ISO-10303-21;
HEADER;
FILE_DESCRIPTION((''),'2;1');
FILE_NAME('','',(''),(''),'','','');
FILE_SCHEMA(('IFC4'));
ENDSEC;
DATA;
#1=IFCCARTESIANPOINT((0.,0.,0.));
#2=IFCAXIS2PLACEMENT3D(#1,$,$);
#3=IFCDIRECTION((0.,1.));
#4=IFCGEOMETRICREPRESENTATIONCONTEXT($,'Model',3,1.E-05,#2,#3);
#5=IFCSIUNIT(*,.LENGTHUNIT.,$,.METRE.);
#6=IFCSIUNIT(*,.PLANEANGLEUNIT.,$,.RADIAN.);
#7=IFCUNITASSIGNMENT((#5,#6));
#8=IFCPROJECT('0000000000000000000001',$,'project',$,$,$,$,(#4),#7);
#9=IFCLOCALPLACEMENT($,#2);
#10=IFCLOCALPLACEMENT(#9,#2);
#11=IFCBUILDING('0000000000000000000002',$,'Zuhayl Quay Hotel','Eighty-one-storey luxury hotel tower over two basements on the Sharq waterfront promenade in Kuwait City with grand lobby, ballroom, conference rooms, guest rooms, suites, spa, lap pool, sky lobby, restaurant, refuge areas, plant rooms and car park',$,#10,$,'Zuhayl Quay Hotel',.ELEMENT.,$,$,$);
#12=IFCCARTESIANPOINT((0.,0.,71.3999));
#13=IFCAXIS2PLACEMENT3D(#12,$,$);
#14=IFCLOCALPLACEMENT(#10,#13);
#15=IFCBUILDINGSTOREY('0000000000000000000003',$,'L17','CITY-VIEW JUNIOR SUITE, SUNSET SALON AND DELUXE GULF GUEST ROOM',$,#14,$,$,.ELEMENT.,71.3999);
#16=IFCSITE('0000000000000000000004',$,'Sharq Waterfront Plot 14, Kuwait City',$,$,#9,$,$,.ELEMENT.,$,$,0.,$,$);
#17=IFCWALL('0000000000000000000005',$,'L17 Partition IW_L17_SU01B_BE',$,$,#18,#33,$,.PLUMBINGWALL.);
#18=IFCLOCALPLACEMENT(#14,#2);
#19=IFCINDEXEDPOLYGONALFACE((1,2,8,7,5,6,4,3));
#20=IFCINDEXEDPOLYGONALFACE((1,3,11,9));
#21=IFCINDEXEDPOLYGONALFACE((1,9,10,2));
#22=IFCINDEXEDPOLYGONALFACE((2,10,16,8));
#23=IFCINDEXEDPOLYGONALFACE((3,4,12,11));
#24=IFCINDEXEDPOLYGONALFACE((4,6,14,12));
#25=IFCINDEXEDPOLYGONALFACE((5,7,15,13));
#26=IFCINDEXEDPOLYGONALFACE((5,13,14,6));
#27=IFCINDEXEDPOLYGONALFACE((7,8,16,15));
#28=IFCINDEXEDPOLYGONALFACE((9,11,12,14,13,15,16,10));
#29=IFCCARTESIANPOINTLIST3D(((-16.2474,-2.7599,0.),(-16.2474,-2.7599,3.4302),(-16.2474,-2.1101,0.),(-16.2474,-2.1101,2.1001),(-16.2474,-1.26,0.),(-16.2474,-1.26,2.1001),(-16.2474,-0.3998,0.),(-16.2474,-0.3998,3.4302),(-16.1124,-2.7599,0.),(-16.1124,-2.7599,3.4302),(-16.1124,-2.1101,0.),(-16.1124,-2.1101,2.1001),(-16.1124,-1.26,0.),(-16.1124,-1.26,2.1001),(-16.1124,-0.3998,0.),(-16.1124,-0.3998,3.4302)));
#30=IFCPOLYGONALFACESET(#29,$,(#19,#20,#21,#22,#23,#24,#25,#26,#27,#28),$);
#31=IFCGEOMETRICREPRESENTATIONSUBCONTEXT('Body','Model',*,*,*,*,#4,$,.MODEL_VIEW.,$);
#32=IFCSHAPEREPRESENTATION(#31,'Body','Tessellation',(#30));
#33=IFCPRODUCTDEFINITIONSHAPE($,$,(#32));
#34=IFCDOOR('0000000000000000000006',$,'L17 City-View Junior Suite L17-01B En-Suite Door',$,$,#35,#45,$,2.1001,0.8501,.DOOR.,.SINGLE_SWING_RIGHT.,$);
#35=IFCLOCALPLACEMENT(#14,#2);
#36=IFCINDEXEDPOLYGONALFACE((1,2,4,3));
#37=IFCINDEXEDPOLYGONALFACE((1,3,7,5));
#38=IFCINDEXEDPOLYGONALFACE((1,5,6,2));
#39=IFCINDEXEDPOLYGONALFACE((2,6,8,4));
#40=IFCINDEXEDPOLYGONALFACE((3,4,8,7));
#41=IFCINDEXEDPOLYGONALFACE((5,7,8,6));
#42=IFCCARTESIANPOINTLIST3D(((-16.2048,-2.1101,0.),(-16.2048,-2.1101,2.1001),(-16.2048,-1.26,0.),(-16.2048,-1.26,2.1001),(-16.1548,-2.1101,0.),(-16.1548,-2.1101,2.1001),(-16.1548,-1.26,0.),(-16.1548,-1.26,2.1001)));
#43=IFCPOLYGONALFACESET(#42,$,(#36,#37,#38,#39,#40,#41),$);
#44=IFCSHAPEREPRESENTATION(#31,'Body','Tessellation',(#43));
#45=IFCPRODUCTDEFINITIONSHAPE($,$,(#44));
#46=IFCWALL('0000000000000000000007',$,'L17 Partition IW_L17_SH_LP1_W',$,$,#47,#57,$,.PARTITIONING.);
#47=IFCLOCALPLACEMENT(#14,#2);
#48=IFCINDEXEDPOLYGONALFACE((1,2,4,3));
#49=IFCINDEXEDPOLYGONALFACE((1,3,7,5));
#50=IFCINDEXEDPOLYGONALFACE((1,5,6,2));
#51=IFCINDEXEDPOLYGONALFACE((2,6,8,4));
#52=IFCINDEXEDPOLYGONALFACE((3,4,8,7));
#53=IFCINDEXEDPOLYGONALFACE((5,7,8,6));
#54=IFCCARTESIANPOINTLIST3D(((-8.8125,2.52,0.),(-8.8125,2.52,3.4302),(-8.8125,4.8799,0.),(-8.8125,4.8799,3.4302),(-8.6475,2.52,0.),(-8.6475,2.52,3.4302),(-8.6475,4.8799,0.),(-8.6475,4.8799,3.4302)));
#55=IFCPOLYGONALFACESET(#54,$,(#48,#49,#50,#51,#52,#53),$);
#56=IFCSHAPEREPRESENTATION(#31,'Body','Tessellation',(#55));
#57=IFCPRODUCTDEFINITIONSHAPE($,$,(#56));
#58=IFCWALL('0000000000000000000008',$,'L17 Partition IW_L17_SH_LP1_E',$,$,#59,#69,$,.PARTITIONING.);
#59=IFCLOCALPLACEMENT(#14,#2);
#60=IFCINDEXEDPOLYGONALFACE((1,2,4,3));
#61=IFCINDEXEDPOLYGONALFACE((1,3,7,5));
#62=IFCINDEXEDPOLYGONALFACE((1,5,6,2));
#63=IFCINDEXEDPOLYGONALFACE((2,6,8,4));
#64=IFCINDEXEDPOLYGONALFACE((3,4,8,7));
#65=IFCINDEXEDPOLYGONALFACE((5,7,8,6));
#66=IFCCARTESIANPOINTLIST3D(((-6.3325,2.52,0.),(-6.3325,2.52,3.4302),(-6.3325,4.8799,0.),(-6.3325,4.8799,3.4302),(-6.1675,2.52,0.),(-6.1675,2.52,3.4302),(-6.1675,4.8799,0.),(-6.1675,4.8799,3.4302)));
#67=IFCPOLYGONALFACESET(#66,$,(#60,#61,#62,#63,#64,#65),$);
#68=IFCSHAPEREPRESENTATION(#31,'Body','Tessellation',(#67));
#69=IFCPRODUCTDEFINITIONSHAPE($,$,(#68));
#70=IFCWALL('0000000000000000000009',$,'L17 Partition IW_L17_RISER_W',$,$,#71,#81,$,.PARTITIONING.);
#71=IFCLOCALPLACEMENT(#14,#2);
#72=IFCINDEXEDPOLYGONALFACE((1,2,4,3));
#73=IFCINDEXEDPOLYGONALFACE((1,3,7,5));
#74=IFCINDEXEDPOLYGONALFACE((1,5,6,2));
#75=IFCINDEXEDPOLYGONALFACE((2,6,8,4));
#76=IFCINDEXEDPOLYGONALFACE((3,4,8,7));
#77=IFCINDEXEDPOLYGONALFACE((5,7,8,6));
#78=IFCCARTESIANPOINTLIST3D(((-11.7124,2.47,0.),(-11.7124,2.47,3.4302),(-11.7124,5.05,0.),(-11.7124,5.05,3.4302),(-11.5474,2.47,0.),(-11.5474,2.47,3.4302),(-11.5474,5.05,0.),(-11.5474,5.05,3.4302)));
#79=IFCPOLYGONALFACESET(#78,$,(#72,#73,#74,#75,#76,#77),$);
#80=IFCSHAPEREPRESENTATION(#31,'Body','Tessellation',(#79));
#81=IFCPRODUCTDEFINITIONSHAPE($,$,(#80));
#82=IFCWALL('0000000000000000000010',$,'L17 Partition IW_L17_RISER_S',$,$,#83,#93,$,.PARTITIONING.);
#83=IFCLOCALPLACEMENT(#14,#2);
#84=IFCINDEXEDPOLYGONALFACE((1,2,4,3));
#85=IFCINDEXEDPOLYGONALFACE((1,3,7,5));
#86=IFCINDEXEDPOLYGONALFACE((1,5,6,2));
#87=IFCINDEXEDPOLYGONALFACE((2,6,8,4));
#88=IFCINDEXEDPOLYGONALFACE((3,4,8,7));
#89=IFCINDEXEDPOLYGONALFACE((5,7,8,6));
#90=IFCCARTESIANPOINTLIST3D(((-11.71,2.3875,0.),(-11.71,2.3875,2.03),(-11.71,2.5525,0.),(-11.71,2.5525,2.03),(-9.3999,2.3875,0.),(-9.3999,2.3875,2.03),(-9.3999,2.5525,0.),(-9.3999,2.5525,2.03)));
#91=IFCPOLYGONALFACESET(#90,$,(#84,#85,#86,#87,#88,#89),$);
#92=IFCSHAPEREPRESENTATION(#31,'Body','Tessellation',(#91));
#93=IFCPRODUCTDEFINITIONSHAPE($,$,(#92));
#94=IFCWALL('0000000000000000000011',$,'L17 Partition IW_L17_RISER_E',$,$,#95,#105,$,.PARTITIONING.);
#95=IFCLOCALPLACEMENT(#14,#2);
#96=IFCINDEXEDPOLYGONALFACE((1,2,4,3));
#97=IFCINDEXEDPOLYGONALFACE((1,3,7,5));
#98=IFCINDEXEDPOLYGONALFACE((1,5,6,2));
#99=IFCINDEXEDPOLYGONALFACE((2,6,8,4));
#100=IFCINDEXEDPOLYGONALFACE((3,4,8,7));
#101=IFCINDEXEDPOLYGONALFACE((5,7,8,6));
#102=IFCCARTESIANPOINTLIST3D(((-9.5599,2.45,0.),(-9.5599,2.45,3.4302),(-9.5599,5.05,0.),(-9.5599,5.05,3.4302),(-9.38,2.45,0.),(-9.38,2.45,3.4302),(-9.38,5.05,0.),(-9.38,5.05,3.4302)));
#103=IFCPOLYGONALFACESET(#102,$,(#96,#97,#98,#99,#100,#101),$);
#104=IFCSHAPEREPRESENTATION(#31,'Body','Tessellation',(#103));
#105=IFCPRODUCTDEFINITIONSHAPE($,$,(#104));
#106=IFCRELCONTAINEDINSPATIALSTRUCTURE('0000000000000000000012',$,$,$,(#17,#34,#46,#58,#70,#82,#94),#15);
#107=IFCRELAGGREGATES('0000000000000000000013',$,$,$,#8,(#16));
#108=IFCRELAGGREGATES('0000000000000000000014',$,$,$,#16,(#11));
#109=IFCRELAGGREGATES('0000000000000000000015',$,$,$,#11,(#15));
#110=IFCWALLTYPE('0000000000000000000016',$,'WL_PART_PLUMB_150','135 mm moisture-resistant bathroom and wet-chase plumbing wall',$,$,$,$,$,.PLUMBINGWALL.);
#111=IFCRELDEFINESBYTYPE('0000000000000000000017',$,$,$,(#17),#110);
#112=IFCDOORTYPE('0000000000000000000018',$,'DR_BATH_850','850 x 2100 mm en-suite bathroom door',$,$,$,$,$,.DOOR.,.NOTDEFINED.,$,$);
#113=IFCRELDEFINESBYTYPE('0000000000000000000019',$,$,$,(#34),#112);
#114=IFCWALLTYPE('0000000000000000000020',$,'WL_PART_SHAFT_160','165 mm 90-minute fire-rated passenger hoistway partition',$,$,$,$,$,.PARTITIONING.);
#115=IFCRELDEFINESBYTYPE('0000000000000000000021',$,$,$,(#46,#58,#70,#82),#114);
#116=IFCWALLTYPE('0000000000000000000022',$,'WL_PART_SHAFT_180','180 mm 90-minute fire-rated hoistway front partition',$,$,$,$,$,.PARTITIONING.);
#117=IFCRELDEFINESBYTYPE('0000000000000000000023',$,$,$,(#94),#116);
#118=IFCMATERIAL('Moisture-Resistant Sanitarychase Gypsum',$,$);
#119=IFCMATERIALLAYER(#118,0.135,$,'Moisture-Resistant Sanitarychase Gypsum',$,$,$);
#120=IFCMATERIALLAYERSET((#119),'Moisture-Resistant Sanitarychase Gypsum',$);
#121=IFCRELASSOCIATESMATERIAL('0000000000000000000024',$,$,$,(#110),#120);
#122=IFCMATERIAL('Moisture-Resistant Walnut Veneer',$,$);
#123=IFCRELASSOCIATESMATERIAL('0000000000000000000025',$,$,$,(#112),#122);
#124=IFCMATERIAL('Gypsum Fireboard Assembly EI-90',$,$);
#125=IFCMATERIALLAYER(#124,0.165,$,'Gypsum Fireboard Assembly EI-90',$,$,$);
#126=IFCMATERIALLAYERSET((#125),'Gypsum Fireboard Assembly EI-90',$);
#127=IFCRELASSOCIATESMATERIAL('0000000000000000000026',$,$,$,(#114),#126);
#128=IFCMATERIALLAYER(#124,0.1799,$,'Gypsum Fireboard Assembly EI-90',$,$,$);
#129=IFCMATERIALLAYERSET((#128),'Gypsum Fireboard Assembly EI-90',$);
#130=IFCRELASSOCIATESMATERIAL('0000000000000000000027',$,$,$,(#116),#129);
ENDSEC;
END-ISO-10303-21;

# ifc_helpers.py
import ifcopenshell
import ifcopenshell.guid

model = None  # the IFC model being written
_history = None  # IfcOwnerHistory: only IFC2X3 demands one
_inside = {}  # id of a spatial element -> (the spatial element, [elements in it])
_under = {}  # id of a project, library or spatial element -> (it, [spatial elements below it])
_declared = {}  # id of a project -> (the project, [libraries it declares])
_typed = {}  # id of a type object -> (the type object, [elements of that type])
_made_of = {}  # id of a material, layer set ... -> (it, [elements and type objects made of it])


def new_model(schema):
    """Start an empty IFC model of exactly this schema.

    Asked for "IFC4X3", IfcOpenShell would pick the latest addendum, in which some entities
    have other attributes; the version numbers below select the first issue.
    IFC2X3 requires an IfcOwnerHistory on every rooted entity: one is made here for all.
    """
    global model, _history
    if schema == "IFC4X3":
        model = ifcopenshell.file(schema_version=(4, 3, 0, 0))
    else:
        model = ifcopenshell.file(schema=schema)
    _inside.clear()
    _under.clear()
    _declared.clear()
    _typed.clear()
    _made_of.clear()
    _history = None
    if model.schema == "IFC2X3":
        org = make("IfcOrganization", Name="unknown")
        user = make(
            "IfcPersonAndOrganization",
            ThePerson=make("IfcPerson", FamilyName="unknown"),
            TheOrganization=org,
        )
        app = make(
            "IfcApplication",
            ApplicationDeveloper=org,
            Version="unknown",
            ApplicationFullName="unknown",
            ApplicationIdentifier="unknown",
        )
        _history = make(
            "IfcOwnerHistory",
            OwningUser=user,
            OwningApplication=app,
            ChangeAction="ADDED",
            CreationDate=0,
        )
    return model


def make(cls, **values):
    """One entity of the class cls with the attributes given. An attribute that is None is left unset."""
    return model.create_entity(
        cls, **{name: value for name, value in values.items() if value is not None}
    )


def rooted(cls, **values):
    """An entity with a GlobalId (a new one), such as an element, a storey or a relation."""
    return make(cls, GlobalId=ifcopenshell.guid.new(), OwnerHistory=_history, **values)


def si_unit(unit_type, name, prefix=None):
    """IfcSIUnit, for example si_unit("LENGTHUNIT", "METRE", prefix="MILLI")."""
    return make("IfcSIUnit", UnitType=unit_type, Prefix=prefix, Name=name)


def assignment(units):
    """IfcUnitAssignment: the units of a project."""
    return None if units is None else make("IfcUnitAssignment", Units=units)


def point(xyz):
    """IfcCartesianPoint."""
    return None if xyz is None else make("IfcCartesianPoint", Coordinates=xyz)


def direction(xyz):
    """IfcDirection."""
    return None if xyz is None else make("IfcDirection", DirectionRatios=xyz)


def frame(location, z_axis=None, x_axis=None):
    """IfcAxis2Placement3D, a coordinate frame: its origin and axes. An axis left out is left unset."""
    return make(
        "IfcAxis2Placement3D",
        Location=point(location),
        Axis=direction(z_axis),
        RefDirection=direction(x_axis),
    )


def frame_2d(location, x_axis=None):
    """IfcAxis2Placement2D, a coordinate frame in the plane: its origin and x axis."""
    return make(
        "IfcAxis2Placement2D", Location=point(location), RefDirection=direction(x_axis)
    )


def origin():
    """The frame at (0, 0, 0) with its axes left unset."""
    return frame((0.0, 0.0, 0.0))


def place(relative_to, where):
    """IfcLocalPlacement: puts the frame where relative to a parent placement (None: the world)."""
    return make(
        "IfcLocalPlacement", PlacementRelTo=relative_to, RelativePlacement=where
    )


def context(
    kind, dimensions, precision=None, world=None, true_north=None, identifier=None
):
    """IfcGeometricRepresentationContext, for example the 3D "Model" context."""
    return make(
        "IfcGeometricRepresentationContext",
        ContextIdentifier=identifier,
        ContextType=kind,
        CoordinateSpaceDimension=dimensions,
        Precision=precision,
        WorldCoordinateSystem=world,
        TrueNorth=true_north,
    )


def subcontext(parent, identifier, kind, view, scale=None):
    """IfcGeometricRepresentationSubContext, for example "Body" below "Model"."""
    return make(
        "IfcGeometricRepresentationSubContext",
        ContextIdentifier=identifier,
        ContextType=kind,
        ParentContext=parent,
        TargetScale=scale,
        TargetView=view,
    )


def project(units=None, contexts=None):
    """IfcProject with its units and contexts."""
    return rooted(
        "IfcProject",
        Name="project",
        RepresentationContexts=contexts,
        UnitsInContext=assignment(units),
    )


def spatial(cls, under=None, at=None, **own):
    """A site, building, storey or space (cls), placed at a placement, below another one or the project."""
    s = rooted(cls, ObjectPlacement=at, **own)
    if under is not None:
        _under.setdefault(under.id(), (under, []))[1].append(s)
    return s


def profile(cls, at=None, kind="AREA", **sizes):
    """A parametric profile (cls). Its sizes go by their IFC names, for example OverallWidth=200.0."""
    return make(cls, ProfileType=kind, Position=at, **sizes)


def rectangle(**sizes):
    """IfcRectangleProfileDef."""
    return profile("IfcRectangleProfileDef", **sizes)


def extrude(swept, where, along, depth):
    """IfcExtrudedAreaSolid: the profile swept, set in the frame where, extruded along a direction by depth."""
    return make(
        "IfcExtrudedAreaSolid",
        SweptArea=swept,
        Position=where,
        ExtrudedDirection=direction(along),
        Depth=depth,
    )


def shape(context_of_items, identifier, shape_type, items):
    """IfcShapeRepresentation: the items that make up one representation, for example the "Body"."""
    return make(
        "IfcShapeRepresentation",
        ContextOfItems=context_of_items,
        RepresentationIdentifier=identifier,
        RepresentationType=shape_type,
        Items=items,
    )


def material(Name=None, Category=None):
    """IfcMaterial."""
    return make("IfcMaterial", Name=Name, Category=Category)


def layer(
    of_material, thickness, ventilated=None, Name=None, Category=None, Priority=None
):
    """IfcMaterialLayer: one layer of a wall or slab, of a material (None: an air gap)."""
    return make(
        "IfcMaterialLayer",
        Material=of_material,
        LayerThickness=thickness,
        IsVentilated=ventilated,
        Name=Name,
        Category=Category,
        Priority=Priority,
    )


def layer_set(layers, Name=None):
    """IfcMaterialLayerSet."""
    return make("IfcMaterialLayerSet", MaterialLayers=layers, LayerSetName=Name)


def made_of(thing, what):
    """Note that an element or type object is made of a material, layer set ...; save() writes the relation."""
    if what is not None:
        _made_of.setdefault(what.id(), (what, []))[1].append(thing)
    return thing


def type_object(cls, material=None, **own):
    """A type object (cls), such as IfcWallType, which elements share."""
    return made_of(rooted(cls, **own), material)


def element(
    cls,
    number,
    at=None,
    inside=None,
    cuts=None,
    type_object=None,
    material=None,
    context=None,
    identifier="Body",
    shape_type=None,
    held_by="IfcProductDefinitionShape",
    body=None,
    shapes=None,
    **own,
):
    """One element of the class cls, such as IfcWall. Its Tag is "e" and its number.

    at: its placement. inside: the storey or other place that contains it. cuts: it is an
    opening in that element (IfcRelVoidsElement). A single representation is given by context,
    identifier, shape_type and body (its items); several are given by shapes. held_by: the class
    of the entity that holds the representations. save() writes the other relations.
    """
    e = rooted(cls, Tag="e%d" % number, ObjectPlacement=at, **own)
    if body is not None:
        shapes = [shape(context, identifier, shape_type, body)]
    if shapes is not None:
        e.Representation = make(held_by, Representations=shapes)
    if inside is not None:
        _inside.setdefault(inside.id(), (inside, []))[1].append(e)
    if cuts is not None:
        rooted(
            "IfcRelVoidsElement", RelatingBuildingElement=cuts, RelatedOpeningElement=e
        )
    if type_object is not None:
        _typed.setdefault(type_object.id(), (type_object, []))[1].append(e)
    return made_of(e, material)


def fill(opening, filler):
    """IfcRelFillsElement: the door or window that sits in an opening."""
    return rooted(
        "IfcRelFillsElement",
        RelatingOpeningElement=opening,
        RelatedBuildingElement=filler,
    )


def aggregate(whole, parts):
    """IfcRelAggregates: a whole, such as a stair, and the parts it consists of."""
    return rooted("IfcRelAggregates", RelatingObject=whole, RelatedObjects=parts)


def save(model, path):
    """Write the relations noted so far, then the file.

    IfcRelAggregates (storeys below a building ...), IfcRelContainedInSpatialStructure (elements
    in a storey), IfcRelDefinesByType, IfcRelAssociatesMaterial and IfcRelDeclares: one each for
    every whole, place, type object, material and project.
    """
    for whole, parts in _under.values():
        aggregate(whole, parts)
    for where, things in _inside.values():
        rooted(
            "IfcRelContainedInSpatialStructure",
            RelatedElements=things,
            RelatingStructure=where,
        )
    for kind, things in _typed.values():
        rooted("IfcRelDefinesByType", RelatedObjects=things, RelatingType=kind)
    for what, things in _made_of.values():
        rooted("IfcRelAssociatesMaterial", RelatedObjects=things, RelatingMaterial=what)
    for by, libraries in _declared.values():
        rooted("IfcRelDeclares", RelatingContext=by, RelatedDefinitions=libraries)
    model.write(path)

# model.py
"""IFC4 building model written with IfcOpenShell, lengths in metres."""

from ifc_helpers import new_model, si_unit, direction, frame, frame_2d, origin, place, context, subcontext, project, spatial, rectangle, extrude, material, layer, layer_set, type_object, element, fill, save


model = new_model("IFC4")

# Units and contexts
model_context = context("Model", 3, precision=1e-05, world=origin(), true_north=direction((0.0, 1.0)))
body_context = subcontext(model_context, "Body", "Model", "MODEL_VIEW")
ifc_project = project(units=[si_unit("LENGTHUNIT", "METRE"), si_unit("PLANEANGLEUNIT", "RADIAN")], contexts=[model_context])

# Site, building, storey
site_placement = place(None, origin())
site = spatial("IfcSite", under=ifc_project, at=site_placement, Name="Sharq Waterfront Plot 14, Kuwait City", CompositionType="ELEMENT", RefElevation=0.0)
building_placement = place(site_placement, origin())
building = spatial("IfcBuilding", under=site, at=building_placement, Name="Zuhayl Quay Hotel", Description="Eighty-one-storey luxury hotel tower over two basements on the Sharq waterfront promenade in Kuwait City with grand lobby, ballroom, conference rooms, guest rooms, suites, spa, lap pool, sky lobby, restaurant, refuge areas, plant rooms and car park", LongName="Zuhayl Quay Hotel", CompositionType="ELEMENT")
storey_placement = place(building_placement, frame((0.0, 0.0, 71.3999)))
storey = spatial("IfcBuildingStorey", under=building, at=storey_placement, Name="L17", Description="CITY-VIEW JUNIOR SUITE, SUNSET SALON AND DELUXE GULF GUEST ROOM", CompositionType="ELEMENT", Elevation=71.3999)

# Wall, opening, door
ifc_material_1 = material(Name="Moisture-Resistant Sanitarychase Gypsum")
ifc_layer_1 = layer(ifc_material_1, 0.135, Name="Moisture-Resistant Sanitarychase Gypsum")
ifc_layer_set_1 = layer_set([ifc_layer_1], Name="Moisture-Resistant Sanitarychase Gypsum")
wall_type_1 = type_object("IfcWallType", Name="WL_PART_PLUMB_150", Description="135 mm moisture-resistant bathroom and wet-chase plumbing wall", PredefinedType="PLUMBINGWALL", material=ifc_layer_set_1)
wall_1_placement = place(storey_placement, frame((-16.1799, -2.76, 0.0), z_axis=(0.0, 0.0, 1.0), x_axis=(0.0, 1.0, 0.0)))
wall_1 = element("IfcWall", 1, at=wall_1_placement, inside=storey, type_object=wall_type_1, Name="L17 Partition IW_L17_SU01B_BE", PredefinedType="PLUMBINGWALL", context=body_context, shape_type="SweptSolid", body=[
    extrude(rectangle(XDim=2.3601, YDim=0.135, at=frame_2d((1.1802, 0.0))), origin(), (0.0, 0.0, 1.0), 3.4302),
])
opening_1_placement = place(wall_1_placement, frame((0.6499, 0.0, 0.0)))
opening_1 = element("IfcOpeningElement", 2, at=opening_1_placement, cuts=wall_1, PredefinedType="OPENING", context=body_context, shape_type="SweptSolid", body=[
    extrude(rectangle(XDim=0.8501, YDim=2.1001, at=frame_2d((0.425, 1.05))), frame((0.0, 0.0774, 0.0), z_axis=(0.0, -1.0, 0.0), x_axis=(1.0, 0.0, 0.0)), (0.0, 0.0, 1.0), 0.155),
])
ifc_material_2 = material(Name="Moisture-Resistant Walnut Veneer")
door_type_1 = type_object("IfcDoorType", Name="DR_BATH_850", Description="850 x 2100 mm en-suite bathroom door", OperationType="NOTDEFINED", PredefinedType="DOOR", material=ifc_material_2)
door_1_placement = place(opening_1_placement, origin())
door_1 = element("IfcDoor", 3, at=door_1_placement, inside=storey, type_object=door_type_1, Name="L17 City-View Junior Suite L17-01B En-Suite Door", OperationType="SINGLE_SWING_RIGHT", OverallHeight=2.1001, OverallWidth=0.8501, PredefinedType="DOOR", context=body_context, shape_type="SweptSolid", body=[
    extrude(rectangle(XDim=0.8501, YDim=2.1001, at=frame_2d((0.425, 1.05))), frame((0.0, 0.0249, 0.0), z_axis=(0.0, -1.0, 0.0), x_axis=(1.0, 0.0, 0.0)), (0.0, 0.0, 1.0), 0.05),
])
fill(opening_1, door_1)

# Walls
ifc_material_3 = material(Name="Gypsum Fireboard Assembly EI-90")
ifc_layer_2 = layer(ifc_material_3, 0.165, Name="Gypsum Fireboard Assembly EI-90")
ifc_layer_set_2 = layer_set([ifc_layer_2], Name="Gypsum Fireboard Assembly EI-90")
wall_type_2 = type_object("IfcWallType", Name="WL_PART_SHAFT_160", Description="165 mm 90-minute fire-rated passenger hoistway partition", PredefinedType="PARTITIONING", material=ifc_layer_set_2)
for number, where, z_axis, x_axis, name in (
    (4, (-8.73, 2.52, 0.0), (0.0, 0.0, 1.0), (0.0, 1.0, 0.0), "L17 Partition IW_L17_SH_LP1_W"),
    (5, (-6.25, 2.52, 0.0), (0.0, 0.0, 1.0), (0.0, 1.0, 0.0), "L17 Partition IW_L17_SH_LP1_E"),
):
    element("IfcWall", number, at=place(storey_placement, frame(where, z_axis=z_axis, x_axis=x_axis)), inside=storey, type_object=wall_type_2, Name=name, PredefinedType="PARTITIONING", context=body_context, shape_type="SweptSolid", body=[
        extrude(rectangle(XDim=2.3599, YDim=0.165, at=frame_2d((1.1799, 0.0))), origin(), (0.0, 0.0, 1.0), 3.4302),
    ])
wall_2_placement = place(storey_placement, frame((-11.6299, 2.47, 0.0), z_axis=(0.0, 0.0, 1.0), x_axis=(0.0, 1.0, 0.0)))
element("IfcWall", 6, at=wall_2_placement, inside=storey, type_object=wall_type_2, Name="L17 Partition IW_L17_RISER_W", PredefinedType="PARTITIONING", context=body_context, shape_type="SweptSolid", body=[
    extrude(rectangle(XDim=2.5801, YDim=0.165, at=frame_2d((1.29, 0.0))), origin(), (0.0, 0.0, 1.0), 3.4302),
])
wall_3_placement = place(storey_placement, frame((-11.71, 2.47, 0.0), z_axis=(0.0, 0.0, 1.0), x_axis=(1.0, 0.0, 0.0)))
element("IfcWall", 7, at=wall_3_placement, inside=storey, type_object=wall_type_2, Name="L17 Partition IW_L17_RISER_S", PredefinedType="PARTITIONING", context=body_context, shape_type="SweptSolid", body=[
    extrude(rectangle(XDim=2.3101, YDim=0.165, at=frame_2d((1.155, 0.0))), origin(), (0.0, 0.0, 1.0), 2.03),
])
ifc_layer_3 = layer(ifc_material_3, 0.1799, Name="Gypsum Fireboard Assembly EI-90")
ifc_layer_set_3 = layer_set([ifc_layer_3], Name="Gypsum Fireboard Assembly EI-90")
wall_type_3 = type_object("IfcWallType", Name="WL_PART_SHAFT_180", Description="180 mm 90-minute fire-rated hoistway front partition", PredefinedType="PARTITIONING", material=ifc_layer_set_3)
wall_4_placement = place(storey_placement, frame((-9.47, 2.45, 0.0), z_axis=(0.0, 0.0, 1.0), x_axis=(0.0, 1.0, 0.0)))
element("IfcWall", 8, at=wall_4_placement, inside=storey, type_object=wall_type_3, Name="L17 Partition IW_L17_RISER_E", PredefinedType="PARTITIONING", context=body_context, shape_type="SweptSolid", body=[
    extrude(rectangle(XDim=2.6001, YDim=0.1799, at=frame_2d((1.3, 0.0))), origin(), (0.0, 0.0, 1.0), 3.4302),
])

save(model, "model.ifc")
